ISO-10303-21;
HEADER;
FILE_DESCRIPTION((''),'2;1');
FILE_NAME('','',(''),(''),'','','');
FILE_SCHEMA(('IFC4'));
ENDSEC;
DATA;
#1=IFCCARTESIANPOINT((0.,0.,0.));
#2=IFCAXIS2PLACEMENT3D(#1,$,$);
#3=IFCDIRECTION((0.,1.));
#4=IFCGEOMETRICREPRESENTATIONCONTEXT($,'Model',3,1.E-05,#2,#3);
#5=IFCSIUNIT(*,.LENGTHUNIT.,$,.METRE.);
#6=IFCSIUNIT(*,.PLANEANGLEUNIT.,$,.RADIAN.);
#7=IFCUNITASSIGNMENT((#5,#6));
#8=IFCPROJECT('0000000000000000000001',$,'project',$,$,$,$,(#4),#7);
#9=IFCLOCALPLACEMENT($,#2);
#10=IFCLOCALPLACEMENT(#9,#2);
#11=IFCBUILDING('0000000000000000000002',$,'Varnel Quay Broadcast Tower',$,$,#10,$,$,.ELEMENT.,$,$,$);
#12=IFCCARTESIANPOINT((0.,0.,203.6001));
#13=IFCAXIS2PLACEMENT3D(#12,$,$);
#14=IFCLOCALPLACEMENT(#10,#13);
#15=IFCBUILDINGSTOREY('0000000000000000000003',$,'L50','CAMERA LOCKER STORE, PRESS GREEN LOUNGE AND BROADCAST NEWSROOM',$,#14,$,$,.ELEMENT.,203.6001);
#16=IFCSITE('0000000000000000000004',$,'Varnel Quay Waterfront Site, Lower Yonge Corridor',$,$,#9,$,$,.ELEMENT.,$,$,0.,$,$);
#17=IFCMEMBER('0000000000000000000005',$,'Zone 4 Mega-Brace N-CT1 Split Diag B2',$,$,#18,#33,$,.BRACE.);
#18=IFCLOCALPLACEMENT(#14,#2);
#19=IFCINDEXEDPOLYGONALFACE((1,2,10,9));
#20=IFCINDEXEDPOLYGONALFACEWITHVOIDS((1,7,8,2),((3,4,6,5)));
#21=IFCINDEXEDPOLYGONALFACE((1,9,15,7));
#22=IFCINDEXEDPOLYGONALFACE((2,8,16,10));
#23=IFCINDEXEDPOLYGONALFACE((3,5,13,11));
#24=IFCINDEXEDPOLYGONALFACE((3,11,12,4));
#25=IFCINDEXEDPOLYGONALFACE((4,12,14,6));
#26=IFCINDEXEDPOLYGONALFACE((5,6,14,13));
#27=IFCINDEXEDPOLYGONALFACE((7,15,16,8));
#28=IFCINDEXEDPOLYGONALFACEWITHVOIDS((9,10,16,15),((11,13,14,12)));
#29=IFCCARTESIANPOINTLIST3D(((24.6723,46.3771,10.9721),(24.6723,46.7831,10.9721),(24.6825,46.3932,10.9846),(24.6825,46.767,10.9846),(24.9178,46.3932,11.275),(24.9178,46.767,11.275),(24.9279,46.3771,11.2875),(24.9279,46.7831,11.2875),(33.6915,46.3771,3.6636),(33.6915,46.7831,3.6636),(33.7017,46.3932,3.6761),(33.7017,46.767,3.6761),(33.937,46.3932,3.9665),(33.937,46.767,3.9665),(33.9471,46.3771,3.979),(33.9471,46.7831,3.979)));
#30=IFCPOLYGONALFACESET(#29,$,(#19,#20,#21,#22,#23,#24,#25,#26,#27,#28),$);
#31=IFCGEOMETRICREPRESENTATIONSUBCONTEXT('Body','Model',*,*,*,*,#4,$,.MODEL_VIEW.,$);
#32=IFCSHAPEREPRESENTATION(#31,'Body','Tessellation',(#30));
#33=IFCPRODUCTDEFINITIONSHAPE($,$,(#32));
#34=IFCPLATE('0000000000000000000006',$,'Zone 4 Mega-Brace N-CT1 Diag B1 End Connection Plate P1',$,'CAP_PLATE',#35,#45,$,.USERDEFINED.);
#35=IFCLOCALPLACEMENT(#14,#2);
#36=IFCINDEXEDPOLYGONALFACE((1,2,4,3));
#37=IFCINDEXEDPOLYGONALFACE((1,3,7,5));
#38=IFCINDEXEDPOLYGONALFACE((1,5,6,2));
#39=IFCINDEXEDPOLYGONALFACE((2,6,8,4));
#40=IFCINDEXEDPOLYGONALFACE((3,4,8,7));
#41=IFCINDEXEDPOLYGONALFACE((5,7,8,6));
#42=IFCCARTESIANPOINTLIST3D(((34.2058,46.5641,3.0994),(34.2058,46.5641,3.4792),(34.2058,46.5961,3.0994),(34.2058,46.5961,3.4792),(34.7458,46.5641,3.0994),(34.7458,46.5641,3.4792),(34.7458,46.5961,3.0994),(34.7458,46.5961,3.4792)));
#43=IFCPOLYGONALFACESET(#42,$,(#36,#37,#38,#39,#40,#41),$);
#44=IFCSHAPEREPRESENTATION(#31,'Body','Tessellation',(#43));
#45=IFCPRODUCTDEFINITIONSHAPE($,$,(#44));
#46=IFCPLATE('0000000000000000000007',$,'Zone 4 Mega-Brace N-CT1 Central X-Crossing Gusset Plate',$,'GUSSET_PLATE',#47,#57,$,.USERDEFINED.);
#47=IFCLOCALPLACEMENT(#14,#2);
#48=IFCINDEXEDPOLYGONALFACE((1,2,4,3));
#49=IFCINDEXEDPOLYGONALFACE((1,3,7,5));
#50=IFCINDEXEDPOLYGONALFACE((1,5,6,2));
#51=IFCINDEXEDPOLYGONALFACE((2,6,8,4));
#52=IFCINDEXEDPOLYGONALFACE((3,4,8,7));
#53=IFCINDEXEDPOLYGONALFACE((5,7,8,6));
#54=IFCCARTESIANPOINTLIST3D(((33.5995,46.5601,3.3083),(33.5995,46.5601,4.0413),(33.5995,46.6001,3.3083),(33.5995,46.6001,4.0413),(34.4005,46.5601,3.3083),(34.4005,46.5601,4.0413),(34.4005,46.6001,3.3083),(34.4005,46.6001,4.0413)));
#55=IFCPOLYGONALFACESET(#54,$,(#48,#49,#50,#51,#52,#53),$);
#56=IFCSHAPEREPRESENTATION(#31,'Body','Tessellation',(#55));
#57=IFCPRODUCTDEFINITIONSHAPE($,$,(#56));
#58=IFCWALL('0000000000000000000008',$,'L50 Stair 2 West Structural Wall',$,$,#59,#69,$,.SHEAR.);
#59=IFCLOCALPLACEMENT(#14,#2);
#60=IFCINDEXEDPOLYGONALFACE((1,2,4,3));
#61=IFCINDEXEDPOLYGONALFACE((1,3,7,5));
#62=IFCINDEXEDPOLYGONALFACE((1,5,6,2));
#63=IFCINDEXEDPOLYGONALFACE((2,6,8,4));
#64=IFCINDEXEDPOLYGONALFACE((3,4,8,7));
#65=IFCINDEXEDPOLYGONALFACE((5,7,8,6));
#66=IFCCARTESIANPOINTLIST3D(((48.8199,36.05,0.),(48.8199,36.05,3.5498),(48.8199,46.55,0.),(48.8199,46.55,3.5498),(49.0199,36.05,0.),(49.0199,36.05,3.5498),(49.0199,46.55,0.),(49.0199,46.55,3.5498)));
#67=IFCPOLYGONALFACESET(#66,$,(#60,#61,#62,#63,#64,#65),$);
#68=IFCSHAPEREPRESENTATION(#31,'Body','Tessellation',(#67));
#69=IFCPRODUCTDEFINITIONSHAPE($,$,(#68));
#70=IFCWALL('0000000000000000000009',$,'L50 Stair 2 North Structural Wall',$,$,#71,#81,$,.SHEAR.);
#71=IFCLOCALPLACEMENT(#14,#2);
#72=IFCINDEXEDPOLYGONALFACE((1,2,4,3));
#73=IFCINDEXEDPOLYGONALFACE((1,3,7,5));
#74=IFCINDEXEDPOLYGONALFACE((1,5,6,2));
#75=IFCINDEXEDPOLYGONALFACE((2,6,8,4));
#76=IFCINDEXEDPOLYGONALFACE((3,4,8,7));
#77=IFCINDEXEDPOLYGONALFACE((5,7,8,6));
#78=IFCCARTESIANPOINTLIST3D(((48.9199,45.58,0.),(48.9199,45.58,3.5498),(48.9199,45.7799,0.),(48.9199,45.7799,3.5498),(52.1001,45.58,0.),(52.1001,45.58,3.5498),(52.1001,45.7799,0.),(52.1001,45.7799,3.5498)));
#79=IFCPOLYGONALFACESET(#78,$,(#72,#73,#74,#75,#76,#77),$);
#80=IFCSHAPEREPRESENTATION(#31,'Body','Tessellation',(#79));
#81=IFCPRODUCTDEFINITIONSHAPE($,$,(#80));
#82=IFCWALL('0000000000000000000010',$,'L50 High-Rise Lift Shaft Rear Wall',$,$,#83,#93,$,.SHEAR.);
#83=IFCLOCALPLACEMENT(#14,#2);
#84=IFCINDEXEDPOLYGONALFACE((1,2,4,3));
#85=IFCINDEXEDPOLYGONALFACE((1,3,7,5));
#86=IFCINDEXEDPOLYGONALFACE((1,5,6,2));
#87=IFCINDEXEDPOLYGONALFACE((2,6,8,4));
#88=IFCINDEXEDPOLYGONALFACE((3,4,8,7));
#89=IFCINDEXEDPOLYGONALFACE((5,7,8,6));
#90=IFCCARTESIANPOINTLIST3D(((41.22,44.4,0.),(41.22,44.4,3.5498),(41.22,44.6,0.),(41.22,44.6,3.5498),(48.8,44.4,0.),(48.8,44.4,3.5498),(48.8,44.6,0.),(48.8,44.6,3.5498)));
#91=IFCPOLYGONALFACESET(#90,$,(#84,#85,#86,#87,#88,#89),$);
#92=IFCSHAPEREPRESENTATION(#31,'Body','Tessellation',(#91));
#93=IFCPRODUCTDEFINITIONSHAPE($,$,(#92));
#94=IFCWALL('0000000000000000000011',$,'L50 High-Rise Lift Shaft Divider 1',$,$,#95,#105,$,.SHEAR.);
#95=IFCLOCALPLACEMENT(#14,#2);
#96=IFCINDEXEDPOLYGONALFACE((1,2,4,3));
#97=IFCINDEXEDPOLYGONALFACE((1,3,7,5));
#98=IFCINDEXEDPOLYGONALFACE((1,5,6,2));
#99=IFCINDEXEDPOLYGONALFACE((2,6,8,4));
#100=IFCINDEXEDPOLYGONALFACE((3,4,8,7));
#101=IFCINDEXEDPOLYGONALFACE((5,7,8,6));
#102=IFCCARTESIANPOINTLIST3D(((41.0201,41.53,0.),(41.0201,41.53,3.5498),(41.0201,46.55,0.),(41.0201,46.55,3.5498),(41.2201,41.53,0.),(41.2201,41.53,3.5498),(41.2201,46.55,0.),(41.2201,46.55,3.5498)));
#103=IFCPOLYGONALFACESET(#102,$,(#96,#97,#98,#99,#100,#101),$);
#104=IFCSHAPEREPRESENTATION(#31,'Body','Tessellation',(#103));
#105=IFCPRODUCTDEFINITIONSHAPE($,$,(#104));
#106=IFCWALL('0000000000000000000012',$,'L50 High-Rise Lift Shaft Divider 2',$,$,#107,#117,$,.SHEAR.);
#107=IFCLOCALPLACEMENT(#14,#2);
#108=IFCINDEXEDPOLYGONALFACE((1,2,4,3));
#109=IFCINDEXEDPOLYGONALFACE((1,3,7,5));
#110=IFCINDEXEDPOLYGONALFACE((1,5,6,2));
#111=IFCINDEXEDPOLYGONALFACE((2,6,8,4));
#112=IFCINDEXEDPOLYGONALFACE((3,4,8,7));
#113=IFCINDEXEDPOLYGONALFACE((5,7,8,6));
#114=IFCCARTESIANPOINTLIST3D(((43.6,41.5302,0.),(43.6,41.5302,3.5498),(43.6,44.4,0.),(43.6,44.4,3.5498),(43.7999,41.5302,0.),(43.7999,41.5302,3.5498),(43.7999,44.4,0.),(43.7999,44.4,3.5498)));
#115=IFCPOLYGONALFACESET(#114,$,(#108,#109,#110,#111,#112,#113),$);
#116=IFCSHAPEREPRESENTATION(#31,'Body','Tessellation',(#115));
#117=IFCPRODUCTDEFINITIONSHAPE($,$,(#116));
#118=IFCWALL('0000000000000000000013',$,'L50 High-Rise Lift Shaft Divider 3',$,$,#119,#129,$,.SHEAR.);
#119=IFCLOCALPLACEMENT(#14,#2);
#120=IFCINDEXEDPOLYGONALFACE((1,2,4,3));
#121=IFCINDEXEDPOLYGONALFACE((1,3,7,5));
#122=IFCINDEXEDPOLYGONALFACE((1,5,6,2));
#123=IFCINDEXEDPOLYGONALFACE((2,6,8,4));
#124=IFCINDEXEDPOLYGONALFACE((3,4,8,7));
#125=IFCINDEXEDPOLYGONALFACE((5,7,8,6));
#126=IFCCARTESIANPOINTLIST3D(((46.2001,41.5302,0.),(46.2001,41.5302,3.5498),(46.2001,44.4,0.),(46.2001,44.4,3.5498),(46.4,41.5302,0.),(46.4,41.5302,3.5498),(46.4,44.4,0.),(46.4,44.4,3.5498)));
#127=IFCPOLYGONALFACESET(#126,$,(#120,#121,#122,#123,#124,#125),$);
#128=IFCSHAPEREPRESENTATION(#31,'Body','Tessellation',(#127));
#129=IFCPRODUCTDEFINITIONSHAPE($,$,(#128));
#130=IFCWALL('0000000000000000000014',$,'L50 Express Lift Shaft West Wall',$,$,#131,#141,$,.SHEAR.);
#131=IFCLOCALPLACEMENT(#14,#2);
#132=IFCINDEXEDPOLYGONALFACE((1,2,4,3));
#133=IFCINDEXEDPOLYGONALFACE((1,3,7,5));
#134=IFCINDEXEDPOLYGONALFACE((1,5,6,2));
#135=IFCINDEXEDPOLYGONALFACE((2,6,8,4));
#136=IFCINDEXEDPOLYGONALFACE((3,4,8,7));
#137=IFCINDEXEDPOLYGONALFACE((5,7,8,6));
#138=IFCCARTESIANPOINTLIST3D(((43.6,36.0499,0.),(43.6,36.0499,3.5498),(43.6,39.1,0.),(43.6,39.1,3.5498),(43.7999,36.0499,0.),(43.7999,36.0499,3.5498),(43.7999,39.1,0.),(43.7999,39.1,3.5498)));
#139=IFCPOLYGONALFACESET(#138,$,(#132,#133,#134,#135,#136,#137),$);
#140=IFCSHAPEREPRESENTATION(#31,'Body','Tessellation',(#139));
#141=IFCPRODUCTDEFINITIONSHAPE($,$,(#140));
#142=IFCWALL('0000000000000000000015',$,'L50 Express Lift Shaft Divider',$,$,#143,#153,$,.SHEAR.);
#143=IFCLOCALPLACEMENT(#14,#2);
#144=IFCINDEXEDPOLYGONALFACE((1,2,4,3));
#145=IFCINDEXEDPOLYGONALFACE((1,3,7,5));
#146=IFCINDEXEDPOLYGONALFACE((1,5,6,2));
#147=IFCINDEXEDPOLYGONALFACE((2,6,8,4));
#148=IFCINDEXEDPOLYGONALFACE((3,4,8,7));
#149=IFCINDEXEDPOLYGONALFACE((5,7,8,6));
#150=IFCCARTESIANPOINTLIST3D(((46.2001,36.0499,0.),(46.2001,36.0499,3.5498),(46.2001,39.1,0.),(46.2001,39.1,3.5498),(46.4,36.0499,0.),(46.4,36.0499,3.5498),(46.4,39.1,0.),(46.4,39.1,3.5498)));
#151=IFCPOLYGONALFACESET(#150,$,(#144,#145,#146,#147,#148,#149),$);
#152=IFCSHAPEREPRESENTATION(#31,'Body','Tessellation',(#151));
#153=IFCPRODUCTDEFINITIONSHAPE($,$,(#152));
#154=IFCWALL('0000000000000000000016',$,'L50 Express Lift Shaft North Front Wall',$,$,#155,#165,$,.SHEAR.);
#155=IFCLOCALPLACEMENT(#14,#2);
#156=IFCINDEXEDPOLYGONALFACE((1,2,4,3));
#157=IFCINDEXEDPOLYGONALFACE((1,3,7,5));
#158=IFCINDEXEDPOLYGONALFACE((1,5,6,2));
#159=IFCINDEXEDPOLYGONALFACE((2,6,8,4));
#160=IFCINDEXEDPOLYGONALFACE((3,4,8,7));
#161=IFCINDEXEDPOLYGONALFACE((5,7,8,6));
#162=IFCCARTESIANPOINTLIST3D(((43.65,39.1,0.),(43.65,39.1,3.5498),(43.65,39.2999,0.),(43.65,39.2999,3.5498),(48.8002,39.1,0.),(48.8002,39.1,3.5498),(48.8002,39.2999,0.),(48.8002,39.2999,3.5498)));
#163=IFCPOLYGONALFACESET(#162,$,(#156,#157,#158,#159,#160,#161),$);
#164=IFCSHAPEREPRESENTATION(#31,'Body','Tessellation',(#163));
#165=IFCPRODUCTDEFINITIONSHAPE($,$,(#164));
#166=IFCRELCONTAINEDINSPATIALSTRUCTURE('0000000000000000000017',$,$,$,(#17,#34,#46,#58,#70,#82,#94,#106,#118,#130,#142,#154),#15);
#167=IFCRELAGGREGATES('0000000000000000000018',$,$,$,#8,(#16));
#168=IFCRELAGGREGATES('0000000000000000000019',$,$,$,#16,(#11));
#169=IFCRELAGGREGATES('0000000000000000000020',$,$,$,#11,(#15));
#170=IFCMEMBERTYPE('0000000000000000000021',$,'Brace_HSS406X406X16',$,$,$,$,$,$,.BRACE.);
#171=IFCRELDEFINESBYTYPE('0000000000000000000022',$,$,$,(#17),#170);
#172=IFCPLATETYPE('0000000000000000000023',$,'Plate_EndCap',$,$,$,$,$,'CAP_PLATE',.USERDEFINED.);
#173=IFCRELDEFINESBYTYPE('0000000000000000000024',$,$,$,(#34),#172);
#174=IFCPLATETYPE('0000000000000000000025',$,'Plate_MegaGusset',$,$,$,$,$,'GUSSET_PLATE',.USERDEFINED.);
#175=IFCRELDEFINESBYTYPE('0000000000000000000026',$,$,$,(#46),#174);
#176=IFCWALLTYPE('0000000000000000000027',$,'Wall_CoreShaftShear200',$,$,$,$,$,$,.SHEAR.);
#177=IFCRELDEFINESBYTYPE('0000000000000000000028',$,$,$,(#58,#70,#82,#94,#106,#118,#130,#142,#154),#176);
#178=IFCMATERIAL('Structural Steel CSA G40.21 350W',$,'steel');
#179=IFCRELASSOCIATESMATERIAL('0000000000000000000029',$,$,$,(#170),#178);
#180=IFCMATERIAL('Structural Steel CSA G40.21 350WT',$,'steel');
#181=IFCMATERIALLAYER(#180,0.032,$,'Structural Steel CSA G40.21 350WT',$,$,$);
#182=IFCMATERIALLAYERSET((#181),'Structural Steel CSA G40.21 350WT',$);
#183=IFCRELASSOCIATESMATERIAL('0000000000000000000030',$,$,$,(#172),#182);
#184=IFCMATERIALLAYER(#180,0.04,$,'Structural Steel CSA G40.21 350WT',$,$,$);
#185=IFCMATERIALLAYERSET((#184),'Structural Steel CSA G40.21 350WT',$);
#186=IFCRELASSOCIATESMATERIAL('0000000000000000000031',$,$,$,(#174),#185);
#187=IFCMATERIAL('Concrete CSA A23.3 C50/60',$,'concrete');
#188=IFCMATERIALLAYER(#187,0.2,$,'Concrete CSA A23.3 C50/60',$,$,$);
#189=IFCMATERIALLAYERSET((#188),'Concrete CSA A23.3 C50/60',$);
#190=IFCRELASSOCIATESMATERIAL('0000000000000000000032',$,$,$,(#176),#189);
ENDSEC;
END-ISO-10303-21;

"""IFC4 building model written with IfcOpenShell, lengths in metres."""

from ifc_helpers import new_model, si_unit, direction, frame, frame_2d, origin, origin_2d, place, context, subcontext, project, spatial, rectangle, hollow_rectangle, extrude, source, transform, mapped, material, layer, layer_set, material_profile, profile_set, type_object, type_shapes, element, save


model = new_model("IFC4")

# Units and contexts
model_context = context("Model", 3, precision=1e-05, world=origin(), true_north=direction((0.0, 1.0)))
body_context = subcontext(model_context, "Body", "Model", "MODEL_VIEW")
ifc_project = project(units=[si_unit("LENGTHUNIT", "METRE"), si_unit("PLANEANGLEUNIT", "RADIAN")], contexts=[model_context])

# Site, building, storey
site_placement = place(None, origin())
site = spatial("IfcSite", under=ifc_project, at=site_placement, Name="Varnel Quay Waterfront Site, Lower Yonge Corridor", CompositionType="ELEMENT", RefElevation=0.0)
building_placement = place(site_placement, origin())
building = spatial("IfcBuilding", under=site, at=building_placement, Name="Varnel Quay Broadcast Tower", CompositionType="ELEMENT")
storey_placement = place(building_placement, frame((0.0, 0.0, 203.6001)))
storey = spatial("IfcBuildingStorey", under=building, at=storey_placement, Name="L50", Description="CAMERA LOCKER STORE, PRESS GREEN LOUNGE AND BROADCAST NEWSROOM", CompositionType="ELEMENT", Elevation=203.6001)

# Shared definitions
ifc_material_1 = material(Name="Structural Steel CSA G40.21 350WT", Category="steel")

# Shared definitions
ifc_material_2 = material(Name="Concrete CSA A23.3 C50/60", Category="concrete")

# Member
ifc_material_3 = material(Name="Structural Steel CSA G40.21 350W", Category="steel")
ifc_material_profile_1 = material_profile(ifc_material_3, hollow_rectangle(XDim=0.406, YDim=0.406, WallThickness=0.0161, at=origin_2d()), Name="HSS406X406X16")
ifc_profile_set_1 = profile_set([ifc_material_profile_1], Name="Structural Steel CSA G40.21 350W")
member_type = type_object("IfcMemberType", Name="Brace_HSS406X406X16", PredefinedType="BRACE", material=ifc_profile_set_1)
shared_shape_1 = source(origin(), body_context, "Body", "SweptSolid", [
    extrude(hollow_rectangle(XDim=0.406, YDim=0.406, WallThickness=0.0161, at=origin_2d()), origin(), (0.0, 0.0, 1.0), 11.6086),
])
type_shapes(member_type, [shared_shape_1])
member_placement = place(storey_placement, frame((33.8193, 46.5801, 3.8213), z_axis=(-0.776939, 0.0, 0.629576), x_axis=(0.0, -1.0, 0.0)))
element("IfcMember", 1, at=member_placement, inside=storey, type_object=member_type, Name="Zone 4 Mega-Brace N-CT1 Split Diag B2", PredefinedType="BRACE", context=body_context, shape_type="MappedRepresentation", body=[
    mapped(shared_shape_1, transform((0.0, 0.0, 0.0), x_axis=(1.0, 0.0, 0.0), y_axis=(0.0, 1.0, 0.0), z_axis=(0.0, 0.0, 1.0), scale=1.0)),
])

# Plates
ifc_layer_1 = layer(ifc_material_1, 0.032, Name="Structural Steel CSA G40.21 350WT")
ifc_layer_set_1 = layer_set([ifc_layer_1], Name="Structural Steel CSA G40.21 350WT")
plate_type_1 = type_object("IfcPlateType", Name="Plate_EndCap", ElementType="CAP_PLATE", PredefinedType="USERDEFINED", material=ifc_layer_set_1)
shared_shape_2 = source(origin(), body_context, "Body", "SweptSolid", [
    extrude(rectangle(XDim=0.54, YDim=0.032, at=origin_2d()), origin(), (0.0, 0.0, 1.0), 0.3799),
])
type_shapes(plate_type_1, [shared_shape_2])
plate_1_placement = place(storey_placement, frame((34.4758, 46.5801, 3.0994), z_axis=(0.0, 0.0, 1.0), x_axis=(1.0, 0.0, 0.0)))
element("IfcPlate", 2, at=plate_1_placement, inside=storey, type_object=plate_type_1, Name="Zone 4 Mega-Brace N-CT1 Diag B1 End Connection Plate P1", ObjectType="CAP_PLATE", PredefinedType="USERDEFINED", context=body_context, shape_type="MappedRepresentation", body=[
    mapped(shared_shape_2, transform((0.0, 0.0, 0.0), x_axis=(1.0, 0.0, 0.0), y_axis=(0.0, 1.0, 0.0), z_axis=(0.0, 0.0, 1.0), scale=1.0)),
])
ifc_layer_2 = layer(ifc_material_1, 0.04, Name="Structural Steel CSA G40.21 350WT")
ifc_layer_set_2 = layer_set([ifc_layer_2], Name="Structural Steel CSA G40.21 350WT")
plate_type_2 = type_object("IfcPlateType", Name="Plate_MegaGusset", ElementType="GUSSET_PLATE", PredefinedType="USERDEFINED", material=ifc_layer_set_2)
shared_shape_3 = source(origin(), body_context, "Body", "SweptSolid", [
    extrude(rectangle(XDim=0.801, YDim=0.04, at=origin_2d()), origin(), (0.0, 0.0, 1.0), 0.7329),
])
type_shapes(plate_type_2, [shared_shape_3])
plate_2_placement = place(storey_placement, frame((34.0, 46.5801, 3.3083), z_axis=(0.0, 0.0, 1.0), x_axis=(1.0, 0.0, 0.0)))
element("IfcPlate", 3, at=plate_2_placement, inside=storey, type_object=plate_type_2, Name="Zone 4 Mega-Brace N-CT1 Central X-Crossing Gusset Plate", ObjectType="GUSSET_PLATE", PredefinedType="USERDEFINED", context=body_context, shape_type="MappedRepresentation", body=[
    mapped(shared_shape_3, transform((0.0, 0.0, 0.0), x_axis=(1.0, 0.0, 0.0), y_axis=(0.0, 1.0, 0.0), z_axis=(0.0, 0.0, 1.0), scale=1.0)),
])

# Walls
ifc_layer_3 = layer(ifc_material_2, 0.2, Name="Concrete CSA A23.3 C50/60")
ifc_layer_set_3 = layer_set([ifc_layer_3], Name="Concrete CSA A23.3 C50/60")
wall_type_1 = type_object("IfcWallType", Name="Wall_CoreShaftShear200", PredefinedType="SHEAR", material=ifc_layer_set_3)
wall_1_placement = place(storey_placement, frame((48.9199, 36.05, 0.0), z_axis=(0.0, 0.0, 1.0), x_axis=(0.0, 1.0, 0.0)))
element("IfcWall", 4, at=wall_1_placement, inside=storey, type_object=wall_type_1, Name="L50 Stair 2 West Structural Wall", PredefinedType="SHEAR", context=body_context, shape_type="SweptSolid", body=[
    extrude(rectangle(XDim=10.5, YDim=0.2, at=frame_2d((5.25, 0.0))), origin(), (0.0, 0.0, 1.0), 3.5498),
])
wall_2_placement = place(storey_placement, frame((48.9199, 45.6799, 0.0), z_axis=(0.0, 0.0, 1.0), x_axis=(1.0, 0.0, 0.0)))
element("IfcWall", 5, at=wall_2_placement, inside=storey, type_object=wall_type_1, Name="L50 Stair 2 North Structural Wall", PredefinedType="SHEAR", context=body_context, shape_type="SweptSolid", body=[
    extrude(rectangle(XDim=3.1802, YDim=0.2, at=frame_2d((1.5901, 0.0))), origin(), (0.0, 0.0, 1.0), 3.5498),
])
wall_3_placement = place(storey_placement, frame((41.22, 44.5, 0.0), z_axis=(0.0, 0.0, 1.0), x_axis=(1.0, 0.0, 0.0)))
element("IfcWall", 6, at=wall_3_placement, inside=storey, type_object=wall_type_1, Name="L50 High-Rise Lift Shaft Rear Wall", PredefinedType="SHEAR", context=body_context, shape_type="SweptSolid", body=[
    extrude(rectangle(XDim=7.5801, YDim=0.2, at=frame_2d((3.79, 0.0))), origin(), (0.0, 0.0, 1.0), 3.5498),
])
wall_4_placement = place(storey_placement, frame((41.1201, 41.53, 0.0), z_axis=(0.0, 0.0, 1.0), x_axis=(0.0, 1.0, 0.0)))
element("IfcWall", 7, at=wall_4_placement, inside=storey, type_object=wall_type_1, Name="L50 High-Rise Lift Shaft Divider 1", PredefinedType="SHEAR", context=body_context, shape_type="SweptSolid", body=[
    extrude(rectangle(XDim=5.02, YDim=0.2, at=frame_2d((2.51, 0.0))), origin(), (0.0, 0.0, 1.0), 3.5498),
])
for number, where, z_axis, x_axis, name in (
    (8, (43.7, 41.53, 0.0), (0.0, 0.0, 1.0), (0.0, 1.0, 0.0), "L50 High-Rise Lift Shaft Divider 2"),
    (9, (46.3, 41.53, 0.0), (0.0, 0.0, 1.0), (0.0, 1.0, 0.0), "L50 High-Rise Lift Shaft Divider 3"),
):
    element("IfcWall", number, at=place(storey_placement, frame(where, z_axis=z_axis, x_axis=x_axis)), inside=storey, type_object=wall_type_1, Name=name, PredefinedType="SHEAR", context=body_context, shape_type="SweptSolid", body=[
        extrude(rectangle(XDim=2.8699, YDim=0.2, at=frame_2d((1.4351, 0.0))), origin(), (0.0, 0.0, 1.0), 3.5498),
    ])
for number, where, z_axis, x_axis, name in (
    (10, (43.7, 36.05, 0.0), (0.0, 0.0, 1.0), (0.0, 1.0, 0.0), "L50 Express Lift Shaft West Wall"),
    (11, (46.3, 36.05, 0.0), (0.0, 0.0, 1.0), (0.0, 1.0, 0.0), "L50 Express Lift Shaft Divider"),
):
    element("IfcWall", number, at=place(storey_placement, frame(where, z_axis=z_axis, x_axis=x_axis)), inside=storey, type_object=wall_type_1, Name=name, PredefinedType="SHEAR", context=body_context, shape_type="SweptSolid", body=[
        extrude(rectangle(XDim=3.05, YDim=0.2, at=frame_2d((1.5249, 0.0))), origin(), (0.0, 0.0, 1.0), 3.5498),
    ])
wall_5_placement = place(storey_placement, frame((43.6499, 39.2, 0.0), z_axis=(0.0, 0.0, 1.0), x_axis=(1.0, 0.0, 0.0)))
element("IfcWall", 12, at=wall_5_placement, inside=storey, type_object=wall_type_1, Name="L50 Express Lift Shaft North Front Wall", PredefinedType="SHEAR", context=body_context, shape_type="SweptSolid", body=[
    extrude(rectangle(XDim=5.1501, YDim=0.2, at=frame_2d((2.5752, 0.0))), origin(), (0.0, 0.0, 1.0), 3.5498),
])

save(model, "model.ifc")
